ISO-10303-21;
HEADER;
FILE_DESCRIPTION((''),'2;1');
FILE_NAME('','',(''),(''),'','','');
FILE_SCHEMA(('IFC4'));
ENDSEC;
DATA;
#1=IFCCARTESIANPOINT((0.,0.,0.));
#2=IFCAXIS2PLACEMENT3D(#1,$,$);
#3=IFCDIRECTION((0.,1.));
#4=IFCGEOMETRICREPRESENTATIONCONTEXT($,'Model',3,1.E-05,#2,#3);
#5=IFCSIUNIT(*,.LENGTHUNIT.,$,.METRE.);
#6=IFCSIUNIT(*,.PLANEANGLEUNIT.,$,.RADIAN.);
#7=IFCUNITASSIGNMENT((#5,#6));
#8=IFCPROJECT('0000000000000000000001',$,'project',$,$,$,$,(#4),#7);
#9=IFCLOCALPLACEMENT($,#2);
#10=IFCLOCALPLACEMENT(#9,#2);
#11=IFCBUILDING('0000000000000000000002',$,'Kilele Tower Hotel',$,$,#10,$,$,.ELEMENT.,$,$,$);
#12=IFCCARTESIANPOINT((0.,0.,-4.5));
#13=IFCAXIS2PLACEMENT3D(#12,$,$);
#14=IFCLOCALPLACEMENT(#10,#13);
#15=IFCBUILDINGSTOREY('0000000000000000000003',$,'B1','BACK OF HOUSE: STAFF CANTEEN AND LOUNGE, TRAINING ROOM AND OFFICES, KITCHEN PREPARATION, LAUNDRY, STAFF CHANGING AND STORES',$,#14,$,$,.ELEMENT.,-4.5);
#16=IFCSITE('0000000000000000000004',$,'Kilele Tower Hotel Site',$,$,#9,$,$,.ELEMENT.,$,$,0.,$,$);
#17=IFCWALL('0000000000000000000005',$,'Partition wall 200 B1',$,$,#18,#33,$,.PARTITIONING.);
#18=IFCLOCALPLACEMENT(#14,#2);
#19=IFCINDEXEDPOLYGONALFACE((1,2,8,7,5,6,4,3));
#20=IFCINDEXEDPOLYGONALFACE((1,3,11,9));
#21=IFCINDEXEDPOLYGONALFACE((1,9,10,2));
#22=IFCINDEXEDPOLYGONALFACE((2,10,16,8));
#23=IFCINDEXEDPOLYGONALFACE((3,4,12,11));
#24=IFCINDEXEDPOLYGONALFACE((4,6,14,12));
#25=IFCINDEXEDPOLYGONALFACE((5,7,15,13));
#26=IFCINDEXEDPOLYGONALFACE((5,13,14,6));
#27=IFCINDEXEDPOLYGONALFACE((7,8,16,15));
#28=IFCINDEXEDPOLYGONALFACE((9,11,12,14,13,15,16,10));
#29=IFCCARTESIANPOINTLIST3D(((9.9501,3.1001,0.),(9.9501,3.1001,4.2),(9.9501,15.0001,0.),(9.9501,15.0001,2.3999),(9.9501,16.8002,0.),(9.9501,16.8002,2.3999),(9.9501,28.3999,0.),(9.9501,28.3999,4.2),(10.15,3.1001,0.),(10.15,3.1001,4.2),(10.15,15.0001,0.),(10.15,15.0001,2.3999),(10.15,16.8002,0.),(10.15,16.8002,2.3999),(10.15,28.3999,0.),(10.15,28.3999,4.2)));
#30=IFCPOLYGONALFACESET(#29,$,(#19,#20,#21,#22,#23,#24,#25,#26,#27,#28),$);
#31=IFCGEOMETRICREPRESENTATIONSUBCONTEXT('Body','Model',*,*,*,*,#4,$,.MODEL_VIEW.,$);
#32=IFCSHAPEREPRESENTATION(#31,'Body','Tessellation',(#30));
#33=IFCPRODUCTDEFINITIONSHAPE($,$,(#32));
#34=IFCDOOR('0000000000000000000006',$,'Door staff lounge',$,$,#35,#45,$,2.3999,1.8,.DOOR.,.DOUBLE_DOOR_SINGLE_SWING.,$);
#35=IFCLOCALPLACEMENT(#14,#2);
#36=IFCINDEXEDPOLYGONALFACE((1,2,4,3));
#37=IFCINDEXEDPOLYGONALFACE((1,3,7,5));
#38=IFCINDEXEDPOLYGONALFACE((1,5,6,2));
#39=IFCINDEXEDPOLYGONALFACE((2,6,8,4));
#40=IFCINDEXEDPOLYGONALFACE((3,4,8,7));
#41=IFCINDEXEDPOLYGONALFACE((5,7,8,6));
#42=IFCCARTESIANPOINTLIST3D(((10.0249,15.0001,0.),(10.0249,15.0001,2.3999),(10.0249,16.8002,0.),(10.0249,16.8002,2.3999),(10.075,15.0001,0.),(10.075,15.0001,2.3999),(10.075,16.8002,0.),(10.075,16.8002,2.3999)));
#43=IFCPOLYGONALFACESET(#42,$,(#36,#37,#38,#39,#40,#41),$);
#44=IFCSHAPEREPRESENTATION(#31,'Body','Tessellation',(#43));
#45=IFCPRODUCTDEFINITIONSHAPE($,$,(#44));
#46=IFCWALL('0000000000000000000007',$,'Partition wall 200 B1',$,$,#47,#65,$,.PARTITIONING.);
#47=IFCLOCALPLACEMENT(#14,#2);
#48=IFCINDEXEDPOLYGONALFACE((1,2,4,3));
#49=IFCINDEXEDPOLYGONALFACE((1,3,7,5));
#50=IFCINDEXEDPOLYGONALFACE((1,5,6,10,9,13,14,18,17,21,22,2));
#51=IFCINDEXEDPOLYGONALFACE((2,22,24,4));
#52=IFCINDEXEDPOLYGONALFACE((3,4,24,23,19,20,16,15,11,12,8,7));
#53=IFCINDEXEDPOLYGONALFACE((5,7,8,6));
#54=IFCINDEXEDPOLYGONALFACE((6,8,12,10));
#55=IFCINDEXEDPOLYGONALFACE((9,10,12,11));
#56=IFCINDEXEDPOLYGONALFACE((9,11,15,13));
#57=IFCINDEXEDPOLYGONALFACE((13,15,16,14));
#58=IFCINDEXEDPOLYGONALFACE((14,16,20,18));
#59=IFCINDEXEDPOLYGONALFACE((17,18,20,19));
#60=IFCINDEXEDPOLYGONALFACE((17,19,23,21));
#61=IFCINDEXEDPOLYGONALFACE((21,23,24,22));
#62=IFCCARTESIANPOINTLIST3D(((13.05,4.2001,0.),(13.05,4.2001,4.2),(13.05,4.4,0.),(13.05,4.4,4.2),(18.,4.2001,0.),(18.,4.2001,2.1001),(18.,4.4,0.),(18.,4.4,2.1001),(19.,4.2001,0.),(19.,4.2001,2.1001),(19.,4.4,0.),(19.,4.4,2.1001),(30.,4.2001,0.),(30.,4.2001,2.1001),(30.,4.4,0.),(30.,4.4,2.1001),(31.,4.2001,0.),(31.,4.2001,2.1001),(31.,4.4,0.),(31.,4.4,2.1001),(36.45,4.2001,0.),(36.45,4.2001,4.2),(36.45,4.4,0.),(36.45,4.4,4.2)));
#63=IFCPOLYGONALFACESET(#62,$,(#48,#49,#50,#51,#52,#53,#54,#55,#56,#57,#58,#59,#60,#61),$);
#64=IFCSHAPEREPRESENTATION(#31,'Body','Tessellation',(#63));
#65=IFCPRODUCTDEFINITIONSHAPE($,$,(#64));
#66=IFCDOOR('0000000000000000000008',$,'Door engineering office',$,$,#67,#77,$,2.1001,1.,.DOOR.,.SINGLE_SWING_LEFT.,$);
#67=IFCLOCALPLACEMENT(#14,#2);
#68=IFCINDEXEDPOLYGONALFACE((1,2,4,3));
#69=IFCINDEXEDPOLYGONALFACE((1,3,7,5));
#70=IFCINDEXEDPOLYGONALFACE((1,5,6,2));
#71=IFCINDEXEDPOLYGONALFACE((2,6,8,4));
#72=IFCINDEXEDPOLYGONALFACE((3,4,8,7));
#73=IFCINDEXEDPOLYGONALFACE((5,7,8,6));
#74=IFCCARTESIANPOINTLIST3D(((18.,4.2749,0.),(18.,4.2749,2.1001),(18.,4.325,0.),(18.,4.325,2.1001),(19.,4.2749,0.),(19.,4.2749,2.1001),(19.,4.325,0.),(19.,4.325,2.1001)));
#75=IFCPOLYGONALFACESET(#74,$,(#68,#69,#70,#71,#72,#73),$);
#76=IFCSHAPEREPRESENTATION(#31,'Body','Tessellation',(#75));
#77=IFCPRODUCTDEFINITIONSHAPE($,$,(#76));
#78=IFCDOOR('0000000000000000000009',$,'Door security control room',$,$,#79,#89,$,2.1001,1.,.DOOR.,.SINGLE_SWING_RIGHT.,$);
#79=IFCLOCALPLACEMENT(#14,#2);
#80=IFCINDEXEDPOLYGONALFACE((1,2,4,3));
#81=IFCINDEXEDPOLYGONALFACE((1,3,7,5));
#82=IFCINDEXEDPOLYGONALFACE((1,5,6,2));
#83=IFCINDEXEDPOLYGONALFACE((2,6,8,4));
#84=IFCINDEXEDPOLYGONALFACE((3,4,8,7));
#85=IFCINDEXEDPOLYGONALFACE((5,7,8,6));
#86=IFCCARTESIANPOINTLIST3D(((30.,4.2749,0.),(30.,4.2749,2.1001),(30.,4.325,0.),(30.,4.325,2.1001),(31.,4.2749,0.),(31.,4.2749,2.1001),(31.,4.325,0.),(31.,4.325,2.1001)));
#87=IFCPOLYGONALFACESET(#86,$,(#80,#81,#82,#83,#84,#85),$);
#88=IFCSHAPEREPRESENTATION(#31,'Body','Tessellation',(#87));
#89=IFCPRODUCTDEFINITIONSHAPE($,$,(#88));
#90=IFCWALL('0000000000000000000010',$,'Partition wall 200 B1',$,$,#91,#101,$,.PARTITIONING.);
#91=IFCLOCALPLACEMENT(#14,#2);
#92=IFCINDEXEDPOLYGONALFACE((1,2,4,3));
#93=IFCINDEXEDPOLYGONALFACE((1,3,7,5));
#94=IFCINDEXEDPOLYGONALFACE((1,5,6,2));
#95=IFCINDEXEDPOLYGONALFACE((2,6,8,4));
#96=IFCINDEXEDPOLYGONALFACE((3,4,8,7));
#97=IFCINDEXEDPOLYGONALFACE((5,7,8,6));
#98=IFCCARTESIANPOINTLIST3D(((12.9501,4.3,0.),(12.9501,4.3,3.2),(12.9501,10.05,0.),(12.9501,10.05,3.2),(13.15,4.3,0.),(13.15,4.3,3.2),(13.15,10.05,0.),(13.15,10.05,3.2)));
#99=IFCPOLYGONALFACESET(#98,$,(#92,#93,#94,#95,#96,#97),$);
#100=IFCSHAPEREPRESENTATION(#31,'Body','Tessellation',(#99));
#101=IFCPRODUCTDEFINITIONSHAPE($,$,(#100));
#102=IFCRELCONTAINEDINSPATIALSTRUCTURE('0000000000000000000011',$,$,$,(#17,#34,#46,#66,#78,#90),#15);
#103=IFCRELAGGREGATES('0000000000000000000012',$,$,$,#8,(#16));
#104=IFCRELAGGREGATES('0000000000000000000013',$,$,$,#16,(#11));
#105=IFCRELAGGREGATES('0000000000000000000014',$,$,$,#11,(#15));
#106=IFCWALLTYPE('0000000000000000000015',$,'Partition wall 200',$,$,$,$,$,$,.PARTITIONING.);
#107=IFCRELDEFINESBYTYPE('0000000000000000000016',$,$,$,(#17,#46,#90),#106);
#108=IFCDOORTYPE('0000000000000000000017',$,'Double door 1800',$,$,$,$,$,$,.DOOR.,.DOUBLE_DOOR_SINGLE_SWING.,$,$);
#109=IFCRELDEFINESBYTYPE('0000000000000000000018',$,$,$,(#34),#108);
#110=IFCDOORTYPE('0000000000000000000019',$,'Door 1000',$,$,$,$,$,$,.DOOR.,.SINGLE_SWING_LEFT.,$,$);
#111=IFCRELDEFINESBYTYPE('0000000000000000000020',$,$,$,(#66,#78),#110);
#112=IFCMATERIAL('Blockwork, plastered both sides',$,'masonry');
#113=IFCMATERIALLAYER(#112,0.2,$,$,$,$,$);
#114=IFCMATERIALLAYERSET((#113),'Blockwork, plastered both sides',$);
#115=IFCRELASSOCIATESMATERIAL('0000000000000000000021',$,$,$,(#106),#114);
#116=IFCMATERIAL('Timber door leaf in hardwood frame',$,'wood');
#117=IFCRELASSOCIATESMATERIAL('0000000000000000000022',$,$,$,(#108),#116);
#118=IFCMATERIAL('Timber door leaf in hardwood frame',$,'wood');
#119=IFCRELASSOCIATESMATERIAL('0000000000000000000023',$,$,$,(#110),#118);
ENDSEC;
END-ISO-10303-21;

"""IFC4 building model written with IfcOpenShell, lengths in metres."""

from ifc_helpers import new_model, si_unit, direction, frame, frame_2d, origin, place, context, subcontext, project, spatial, rectangle, extrude, material, layer, layer_set, type_object, element, fill, save


model = new_model("IFC4")

# Units and contexts
model_context = context("Model", 3, precision=1e-05, world=origin(), true_north=direction((0.0, 1.0)))
body_context = subcontext(model_context, "Body", "Model", "MODEL_VIEW")
ifc_project = project(units=[si_unit("LENGTHUNIT", "METRE"), si_unit("PLANEANGLEUNIT", "RADIAN")], contexts=[model_context])

# Site, building, storey
site_placement = place(None, origin())
site = spatial("IfcSite", under=ifc_project, at=site_placement, Name="Kilele Tower Hotel Site", CompositionType="ELEMENT", RefElevation=0.0)
building_placement = place(site_placement, origin())
building = spatial("IfcBuilding", under=site, at=building_placement, Name="Kilele Tower Hotel", CompositionType="ELEMENT")
storey_placement = place(building_placement, frame((0.0, 0.0, -4.5)))
storey = spatial("IfcBuildingStorey", under=building, at=storey_placement, Name="B1", Description="BACK OF HOUSE: STAFF CANTEEN AND LOUNGE, TRAINING ROOM AND OFFICES, KITCHEN PREPARATION, LAUNDRY, STAFF CHANGING AND STORES", CompositionType="ELEMENT", Elevation=-4.5)

# Wall, opening, door
ifc_material_1 = material(Name="Blockwork, plastered both sides", Category="masonry")
ifc_layer_1 = layer(ifc_material_1, 0.2)
ifc_layer_set_1 = layer_set([ifc_layer_1], Name="Blockwork, plastered both sides")
wall_type = type_object("IfcWallType", Name="Partition wall 200", PredefinedType="PARTITIONING", material=ifc_layer_set_1)
wall_1_placement = place(storey_placement, frame((10.05, 3.1001, 0.0), z_axis=(0.0, 0.0, 1.0), x_axis=(0.0, 1.0, 0.0)))
wall_1 = element("IfcWall", 1, at=wall_1_placement, inside=storey, type_object=wall_type, Name="Partition wall 200 B1", PredefinedType="PARTITIONING", context=body_context, shape_type="SweptSolid", body=[
    extrude(rectangle(XDim=25.2998, YDim=0.2, at=frame_2d((12.6499, 0.0))), origin(), (0.0, 0.0, 1.0), 4.2),
])
opening_1_placement = place(wall_1_placement, frame((13.7, 0.0, 0.0), z_axis=(0.0, 0.0, 1.0), x_axis=(-1.0, 0.0, 0.0)))
opening_1 = element("IfcOpeningElement", 2, at=opening_1_placement, cuts=wall_1, PredefinedType="OPENING", context=body_context, shape_type="SweptSolid", body=[
    extrude(rectangle(XDim=1.8, YDim=2.3999, at=frame_2d((0.8999, 1.2))), frame((0.0, 0.1099, 0.0), z_axis=(0.0, -1.0, 0.0), x_axis=(1.0, 0.0, 0.0)), (0.0, 0.0, 1.0), 0.22),
])
ifc_material_2 = material(Name="Timber door leaf in hardwood frame", Category="wood")
door_type_1 = type_object("IfcDoorType", Name="Double door 1800", OperationType="DOUBLE_DOOR_SINGLE_SWING", PredefinedType="DOOR", material=ifc_material_2)
door_1_placement = place(opening_1_placement, origin())
door_1 = element("IfcDoor", 3, at=door_1_placement, inside=storey, type_object=door_type_1, Name="Door staff lounge", OperationType="DOUBLE_DOOR_SINGLE_SWING", OverallHeight=2.3999, OverallWidth=1.8, PredefinedType="DOOR", context=body_context, shape_type="SweptSolid", body=[
    extrude(rectangle(XDim=1.8, YDim=2.3999, at=frame_2d((0.8999, 1.2))), frame((0.0, 0.0249, 0.0), z_axis=(0.0, -1.0, 0.0), x_axis=(1.0, 0.0, 0.0)), (0.0, 0.0, 1.0), 0.05),
])
fill(opening_1, door_1)

# Wall, openings, doors
wall_2_placement = place(storey_placement, frame((13.05, 4.3, 0.0), z_axis=(0.0, 0.0, 1.0), x_axis=(1.0, 0.0, 0.0)))
wall_2 = element("IfcWall", 4, at=wall_2_placement, inside=storey, type_object=wall_type, Name="Partition wall 200 B1", PredefinedType="PARTITIONING", context=body_context, shape_type="SweptSolid", body=[
    extrude(rectangle(XDim=23.3999, YDim=0.2, at=frame_2d((11.7, 0.0))), origin(), (0.0, 0.0, 1.0), 4.2),
])
opening_2_placement = place(wall_2_placement, frame((4.95, 0.0, 0.0)))
opening_2 = element("IfcOpeningElement", 5, at=opening_2_placement, cuts=wall_2, PredefinedType="OPENING", context=body_context, shape_type="SweptSolid", body=[
    extrude(rectangle(XDim=1.0, YDim=2.1001, at=frame_2d((0.5, 1.05))), frame((0.0, 0.1099, 0.0), z_axis=(0.0, -1.0, 0.0), x_axis=(1.0, 0.0, 0.0)), (0.0, 0.0, 1.0), 0.22),
])
opening_3_placement = place(wall_2_placement, frame((16.95, 0.0, 0.0)))
opening_3 = element("IfcOpeningElement", 6, at=opening_3_placement, cuts=wall_2, PredefinedType="OPENING", context=body_context, shape_type="SweptSolid", body=[
    extrude(rectangle(XDim=1.0, YDim=2.1001, at=frame_2d((0.5, 1.05))), frame((0.0, 0.1099, 0.0), z_axis=(0.0, -1.0, 0.0), x_axis=(1.0, 0.0, 0.0)), (0.0, 0.0, 1.0), 0.22),
])
ifc_material_3 = material(Name="Timber door leaf in hardwood frame", Category="wood")
door_type_2 = type_object("IfcDoorType", Name="Door 1000", OperationType="SINGLE_SWING_LEFT", PredefinedType="DOOR", material=ifc_material_3)
door_2_placement = place(opening_2_placement, origin())
door_2 = element("IfcDoor", 7, at=door_2_placement, inside=storey, type_object=door_type_2, Name="Door engineering office", OperationType="SINGLE_SWING_LEFT", OverallHeight=2.1001, OverallWidth=1.0, PredefinedType="DOOR", context=body_context, shape_type="SweptSolid", body=[
    extrude(rectangle(XDim=1.0, YDim=2.1001, at=frame_2d((0.5, 1.05))), frame((0.0, 0.0249, 0.0), z_axis=(0.0, -1.0, 0.0), x_axis=(1.0, 0.0, 0.0)), (0.0, 0.0, 1.0), 0.05),
])
fill(opening_2, door_2)
door_3_placement = place(opening_3_placement, origin())
door_3 = element("IfcDoor", 8, at=door_3_placement, inside=storey, type_object=door_type_2, Name="Door security control room", OperationType="SINGLE_SWING_RIGHT", OverallHeight=2.1001, OverallWidth=1.0, PredefinedType="DOOR", context=body_context, shape_type="SweptSolid", body=[
    extrude(rectangle(XDim=1.0, YDim=2.1001, at=frame_2d((0.5, 1.05))), frame((0.0, 0.0249, 0.0), z_axis=(0.0, -1.0, 0.0), x_axis=(1.0, 0.0, 0.0)), (0.0, 0.0, 1.0), 0.05),
])
fill(opening_3, door_3)

# Wall
wall_3_placement = place(storey_placement, frame((13.05, 4.3, 0.0), z_axis=(0.0, 0.0, 1.0), x_axis=(0.0, 1.0, 0.0)))
element("IfcWall", 9, at=wall_3_placement, inside=storey, type_object=wall_type, Name="Partition wall 200 B1", PredefinedType="PARTITIONING", context=body_context, shape_type="SweptSolid", body=[
    extrude(rectangle(XDim=5.75, YDim=0.2, at=frame_2d((2.875, 0.0))), origin(), (0.0, 0.0, 1.0), 3.2),
])

save(model, "model.ifc")
